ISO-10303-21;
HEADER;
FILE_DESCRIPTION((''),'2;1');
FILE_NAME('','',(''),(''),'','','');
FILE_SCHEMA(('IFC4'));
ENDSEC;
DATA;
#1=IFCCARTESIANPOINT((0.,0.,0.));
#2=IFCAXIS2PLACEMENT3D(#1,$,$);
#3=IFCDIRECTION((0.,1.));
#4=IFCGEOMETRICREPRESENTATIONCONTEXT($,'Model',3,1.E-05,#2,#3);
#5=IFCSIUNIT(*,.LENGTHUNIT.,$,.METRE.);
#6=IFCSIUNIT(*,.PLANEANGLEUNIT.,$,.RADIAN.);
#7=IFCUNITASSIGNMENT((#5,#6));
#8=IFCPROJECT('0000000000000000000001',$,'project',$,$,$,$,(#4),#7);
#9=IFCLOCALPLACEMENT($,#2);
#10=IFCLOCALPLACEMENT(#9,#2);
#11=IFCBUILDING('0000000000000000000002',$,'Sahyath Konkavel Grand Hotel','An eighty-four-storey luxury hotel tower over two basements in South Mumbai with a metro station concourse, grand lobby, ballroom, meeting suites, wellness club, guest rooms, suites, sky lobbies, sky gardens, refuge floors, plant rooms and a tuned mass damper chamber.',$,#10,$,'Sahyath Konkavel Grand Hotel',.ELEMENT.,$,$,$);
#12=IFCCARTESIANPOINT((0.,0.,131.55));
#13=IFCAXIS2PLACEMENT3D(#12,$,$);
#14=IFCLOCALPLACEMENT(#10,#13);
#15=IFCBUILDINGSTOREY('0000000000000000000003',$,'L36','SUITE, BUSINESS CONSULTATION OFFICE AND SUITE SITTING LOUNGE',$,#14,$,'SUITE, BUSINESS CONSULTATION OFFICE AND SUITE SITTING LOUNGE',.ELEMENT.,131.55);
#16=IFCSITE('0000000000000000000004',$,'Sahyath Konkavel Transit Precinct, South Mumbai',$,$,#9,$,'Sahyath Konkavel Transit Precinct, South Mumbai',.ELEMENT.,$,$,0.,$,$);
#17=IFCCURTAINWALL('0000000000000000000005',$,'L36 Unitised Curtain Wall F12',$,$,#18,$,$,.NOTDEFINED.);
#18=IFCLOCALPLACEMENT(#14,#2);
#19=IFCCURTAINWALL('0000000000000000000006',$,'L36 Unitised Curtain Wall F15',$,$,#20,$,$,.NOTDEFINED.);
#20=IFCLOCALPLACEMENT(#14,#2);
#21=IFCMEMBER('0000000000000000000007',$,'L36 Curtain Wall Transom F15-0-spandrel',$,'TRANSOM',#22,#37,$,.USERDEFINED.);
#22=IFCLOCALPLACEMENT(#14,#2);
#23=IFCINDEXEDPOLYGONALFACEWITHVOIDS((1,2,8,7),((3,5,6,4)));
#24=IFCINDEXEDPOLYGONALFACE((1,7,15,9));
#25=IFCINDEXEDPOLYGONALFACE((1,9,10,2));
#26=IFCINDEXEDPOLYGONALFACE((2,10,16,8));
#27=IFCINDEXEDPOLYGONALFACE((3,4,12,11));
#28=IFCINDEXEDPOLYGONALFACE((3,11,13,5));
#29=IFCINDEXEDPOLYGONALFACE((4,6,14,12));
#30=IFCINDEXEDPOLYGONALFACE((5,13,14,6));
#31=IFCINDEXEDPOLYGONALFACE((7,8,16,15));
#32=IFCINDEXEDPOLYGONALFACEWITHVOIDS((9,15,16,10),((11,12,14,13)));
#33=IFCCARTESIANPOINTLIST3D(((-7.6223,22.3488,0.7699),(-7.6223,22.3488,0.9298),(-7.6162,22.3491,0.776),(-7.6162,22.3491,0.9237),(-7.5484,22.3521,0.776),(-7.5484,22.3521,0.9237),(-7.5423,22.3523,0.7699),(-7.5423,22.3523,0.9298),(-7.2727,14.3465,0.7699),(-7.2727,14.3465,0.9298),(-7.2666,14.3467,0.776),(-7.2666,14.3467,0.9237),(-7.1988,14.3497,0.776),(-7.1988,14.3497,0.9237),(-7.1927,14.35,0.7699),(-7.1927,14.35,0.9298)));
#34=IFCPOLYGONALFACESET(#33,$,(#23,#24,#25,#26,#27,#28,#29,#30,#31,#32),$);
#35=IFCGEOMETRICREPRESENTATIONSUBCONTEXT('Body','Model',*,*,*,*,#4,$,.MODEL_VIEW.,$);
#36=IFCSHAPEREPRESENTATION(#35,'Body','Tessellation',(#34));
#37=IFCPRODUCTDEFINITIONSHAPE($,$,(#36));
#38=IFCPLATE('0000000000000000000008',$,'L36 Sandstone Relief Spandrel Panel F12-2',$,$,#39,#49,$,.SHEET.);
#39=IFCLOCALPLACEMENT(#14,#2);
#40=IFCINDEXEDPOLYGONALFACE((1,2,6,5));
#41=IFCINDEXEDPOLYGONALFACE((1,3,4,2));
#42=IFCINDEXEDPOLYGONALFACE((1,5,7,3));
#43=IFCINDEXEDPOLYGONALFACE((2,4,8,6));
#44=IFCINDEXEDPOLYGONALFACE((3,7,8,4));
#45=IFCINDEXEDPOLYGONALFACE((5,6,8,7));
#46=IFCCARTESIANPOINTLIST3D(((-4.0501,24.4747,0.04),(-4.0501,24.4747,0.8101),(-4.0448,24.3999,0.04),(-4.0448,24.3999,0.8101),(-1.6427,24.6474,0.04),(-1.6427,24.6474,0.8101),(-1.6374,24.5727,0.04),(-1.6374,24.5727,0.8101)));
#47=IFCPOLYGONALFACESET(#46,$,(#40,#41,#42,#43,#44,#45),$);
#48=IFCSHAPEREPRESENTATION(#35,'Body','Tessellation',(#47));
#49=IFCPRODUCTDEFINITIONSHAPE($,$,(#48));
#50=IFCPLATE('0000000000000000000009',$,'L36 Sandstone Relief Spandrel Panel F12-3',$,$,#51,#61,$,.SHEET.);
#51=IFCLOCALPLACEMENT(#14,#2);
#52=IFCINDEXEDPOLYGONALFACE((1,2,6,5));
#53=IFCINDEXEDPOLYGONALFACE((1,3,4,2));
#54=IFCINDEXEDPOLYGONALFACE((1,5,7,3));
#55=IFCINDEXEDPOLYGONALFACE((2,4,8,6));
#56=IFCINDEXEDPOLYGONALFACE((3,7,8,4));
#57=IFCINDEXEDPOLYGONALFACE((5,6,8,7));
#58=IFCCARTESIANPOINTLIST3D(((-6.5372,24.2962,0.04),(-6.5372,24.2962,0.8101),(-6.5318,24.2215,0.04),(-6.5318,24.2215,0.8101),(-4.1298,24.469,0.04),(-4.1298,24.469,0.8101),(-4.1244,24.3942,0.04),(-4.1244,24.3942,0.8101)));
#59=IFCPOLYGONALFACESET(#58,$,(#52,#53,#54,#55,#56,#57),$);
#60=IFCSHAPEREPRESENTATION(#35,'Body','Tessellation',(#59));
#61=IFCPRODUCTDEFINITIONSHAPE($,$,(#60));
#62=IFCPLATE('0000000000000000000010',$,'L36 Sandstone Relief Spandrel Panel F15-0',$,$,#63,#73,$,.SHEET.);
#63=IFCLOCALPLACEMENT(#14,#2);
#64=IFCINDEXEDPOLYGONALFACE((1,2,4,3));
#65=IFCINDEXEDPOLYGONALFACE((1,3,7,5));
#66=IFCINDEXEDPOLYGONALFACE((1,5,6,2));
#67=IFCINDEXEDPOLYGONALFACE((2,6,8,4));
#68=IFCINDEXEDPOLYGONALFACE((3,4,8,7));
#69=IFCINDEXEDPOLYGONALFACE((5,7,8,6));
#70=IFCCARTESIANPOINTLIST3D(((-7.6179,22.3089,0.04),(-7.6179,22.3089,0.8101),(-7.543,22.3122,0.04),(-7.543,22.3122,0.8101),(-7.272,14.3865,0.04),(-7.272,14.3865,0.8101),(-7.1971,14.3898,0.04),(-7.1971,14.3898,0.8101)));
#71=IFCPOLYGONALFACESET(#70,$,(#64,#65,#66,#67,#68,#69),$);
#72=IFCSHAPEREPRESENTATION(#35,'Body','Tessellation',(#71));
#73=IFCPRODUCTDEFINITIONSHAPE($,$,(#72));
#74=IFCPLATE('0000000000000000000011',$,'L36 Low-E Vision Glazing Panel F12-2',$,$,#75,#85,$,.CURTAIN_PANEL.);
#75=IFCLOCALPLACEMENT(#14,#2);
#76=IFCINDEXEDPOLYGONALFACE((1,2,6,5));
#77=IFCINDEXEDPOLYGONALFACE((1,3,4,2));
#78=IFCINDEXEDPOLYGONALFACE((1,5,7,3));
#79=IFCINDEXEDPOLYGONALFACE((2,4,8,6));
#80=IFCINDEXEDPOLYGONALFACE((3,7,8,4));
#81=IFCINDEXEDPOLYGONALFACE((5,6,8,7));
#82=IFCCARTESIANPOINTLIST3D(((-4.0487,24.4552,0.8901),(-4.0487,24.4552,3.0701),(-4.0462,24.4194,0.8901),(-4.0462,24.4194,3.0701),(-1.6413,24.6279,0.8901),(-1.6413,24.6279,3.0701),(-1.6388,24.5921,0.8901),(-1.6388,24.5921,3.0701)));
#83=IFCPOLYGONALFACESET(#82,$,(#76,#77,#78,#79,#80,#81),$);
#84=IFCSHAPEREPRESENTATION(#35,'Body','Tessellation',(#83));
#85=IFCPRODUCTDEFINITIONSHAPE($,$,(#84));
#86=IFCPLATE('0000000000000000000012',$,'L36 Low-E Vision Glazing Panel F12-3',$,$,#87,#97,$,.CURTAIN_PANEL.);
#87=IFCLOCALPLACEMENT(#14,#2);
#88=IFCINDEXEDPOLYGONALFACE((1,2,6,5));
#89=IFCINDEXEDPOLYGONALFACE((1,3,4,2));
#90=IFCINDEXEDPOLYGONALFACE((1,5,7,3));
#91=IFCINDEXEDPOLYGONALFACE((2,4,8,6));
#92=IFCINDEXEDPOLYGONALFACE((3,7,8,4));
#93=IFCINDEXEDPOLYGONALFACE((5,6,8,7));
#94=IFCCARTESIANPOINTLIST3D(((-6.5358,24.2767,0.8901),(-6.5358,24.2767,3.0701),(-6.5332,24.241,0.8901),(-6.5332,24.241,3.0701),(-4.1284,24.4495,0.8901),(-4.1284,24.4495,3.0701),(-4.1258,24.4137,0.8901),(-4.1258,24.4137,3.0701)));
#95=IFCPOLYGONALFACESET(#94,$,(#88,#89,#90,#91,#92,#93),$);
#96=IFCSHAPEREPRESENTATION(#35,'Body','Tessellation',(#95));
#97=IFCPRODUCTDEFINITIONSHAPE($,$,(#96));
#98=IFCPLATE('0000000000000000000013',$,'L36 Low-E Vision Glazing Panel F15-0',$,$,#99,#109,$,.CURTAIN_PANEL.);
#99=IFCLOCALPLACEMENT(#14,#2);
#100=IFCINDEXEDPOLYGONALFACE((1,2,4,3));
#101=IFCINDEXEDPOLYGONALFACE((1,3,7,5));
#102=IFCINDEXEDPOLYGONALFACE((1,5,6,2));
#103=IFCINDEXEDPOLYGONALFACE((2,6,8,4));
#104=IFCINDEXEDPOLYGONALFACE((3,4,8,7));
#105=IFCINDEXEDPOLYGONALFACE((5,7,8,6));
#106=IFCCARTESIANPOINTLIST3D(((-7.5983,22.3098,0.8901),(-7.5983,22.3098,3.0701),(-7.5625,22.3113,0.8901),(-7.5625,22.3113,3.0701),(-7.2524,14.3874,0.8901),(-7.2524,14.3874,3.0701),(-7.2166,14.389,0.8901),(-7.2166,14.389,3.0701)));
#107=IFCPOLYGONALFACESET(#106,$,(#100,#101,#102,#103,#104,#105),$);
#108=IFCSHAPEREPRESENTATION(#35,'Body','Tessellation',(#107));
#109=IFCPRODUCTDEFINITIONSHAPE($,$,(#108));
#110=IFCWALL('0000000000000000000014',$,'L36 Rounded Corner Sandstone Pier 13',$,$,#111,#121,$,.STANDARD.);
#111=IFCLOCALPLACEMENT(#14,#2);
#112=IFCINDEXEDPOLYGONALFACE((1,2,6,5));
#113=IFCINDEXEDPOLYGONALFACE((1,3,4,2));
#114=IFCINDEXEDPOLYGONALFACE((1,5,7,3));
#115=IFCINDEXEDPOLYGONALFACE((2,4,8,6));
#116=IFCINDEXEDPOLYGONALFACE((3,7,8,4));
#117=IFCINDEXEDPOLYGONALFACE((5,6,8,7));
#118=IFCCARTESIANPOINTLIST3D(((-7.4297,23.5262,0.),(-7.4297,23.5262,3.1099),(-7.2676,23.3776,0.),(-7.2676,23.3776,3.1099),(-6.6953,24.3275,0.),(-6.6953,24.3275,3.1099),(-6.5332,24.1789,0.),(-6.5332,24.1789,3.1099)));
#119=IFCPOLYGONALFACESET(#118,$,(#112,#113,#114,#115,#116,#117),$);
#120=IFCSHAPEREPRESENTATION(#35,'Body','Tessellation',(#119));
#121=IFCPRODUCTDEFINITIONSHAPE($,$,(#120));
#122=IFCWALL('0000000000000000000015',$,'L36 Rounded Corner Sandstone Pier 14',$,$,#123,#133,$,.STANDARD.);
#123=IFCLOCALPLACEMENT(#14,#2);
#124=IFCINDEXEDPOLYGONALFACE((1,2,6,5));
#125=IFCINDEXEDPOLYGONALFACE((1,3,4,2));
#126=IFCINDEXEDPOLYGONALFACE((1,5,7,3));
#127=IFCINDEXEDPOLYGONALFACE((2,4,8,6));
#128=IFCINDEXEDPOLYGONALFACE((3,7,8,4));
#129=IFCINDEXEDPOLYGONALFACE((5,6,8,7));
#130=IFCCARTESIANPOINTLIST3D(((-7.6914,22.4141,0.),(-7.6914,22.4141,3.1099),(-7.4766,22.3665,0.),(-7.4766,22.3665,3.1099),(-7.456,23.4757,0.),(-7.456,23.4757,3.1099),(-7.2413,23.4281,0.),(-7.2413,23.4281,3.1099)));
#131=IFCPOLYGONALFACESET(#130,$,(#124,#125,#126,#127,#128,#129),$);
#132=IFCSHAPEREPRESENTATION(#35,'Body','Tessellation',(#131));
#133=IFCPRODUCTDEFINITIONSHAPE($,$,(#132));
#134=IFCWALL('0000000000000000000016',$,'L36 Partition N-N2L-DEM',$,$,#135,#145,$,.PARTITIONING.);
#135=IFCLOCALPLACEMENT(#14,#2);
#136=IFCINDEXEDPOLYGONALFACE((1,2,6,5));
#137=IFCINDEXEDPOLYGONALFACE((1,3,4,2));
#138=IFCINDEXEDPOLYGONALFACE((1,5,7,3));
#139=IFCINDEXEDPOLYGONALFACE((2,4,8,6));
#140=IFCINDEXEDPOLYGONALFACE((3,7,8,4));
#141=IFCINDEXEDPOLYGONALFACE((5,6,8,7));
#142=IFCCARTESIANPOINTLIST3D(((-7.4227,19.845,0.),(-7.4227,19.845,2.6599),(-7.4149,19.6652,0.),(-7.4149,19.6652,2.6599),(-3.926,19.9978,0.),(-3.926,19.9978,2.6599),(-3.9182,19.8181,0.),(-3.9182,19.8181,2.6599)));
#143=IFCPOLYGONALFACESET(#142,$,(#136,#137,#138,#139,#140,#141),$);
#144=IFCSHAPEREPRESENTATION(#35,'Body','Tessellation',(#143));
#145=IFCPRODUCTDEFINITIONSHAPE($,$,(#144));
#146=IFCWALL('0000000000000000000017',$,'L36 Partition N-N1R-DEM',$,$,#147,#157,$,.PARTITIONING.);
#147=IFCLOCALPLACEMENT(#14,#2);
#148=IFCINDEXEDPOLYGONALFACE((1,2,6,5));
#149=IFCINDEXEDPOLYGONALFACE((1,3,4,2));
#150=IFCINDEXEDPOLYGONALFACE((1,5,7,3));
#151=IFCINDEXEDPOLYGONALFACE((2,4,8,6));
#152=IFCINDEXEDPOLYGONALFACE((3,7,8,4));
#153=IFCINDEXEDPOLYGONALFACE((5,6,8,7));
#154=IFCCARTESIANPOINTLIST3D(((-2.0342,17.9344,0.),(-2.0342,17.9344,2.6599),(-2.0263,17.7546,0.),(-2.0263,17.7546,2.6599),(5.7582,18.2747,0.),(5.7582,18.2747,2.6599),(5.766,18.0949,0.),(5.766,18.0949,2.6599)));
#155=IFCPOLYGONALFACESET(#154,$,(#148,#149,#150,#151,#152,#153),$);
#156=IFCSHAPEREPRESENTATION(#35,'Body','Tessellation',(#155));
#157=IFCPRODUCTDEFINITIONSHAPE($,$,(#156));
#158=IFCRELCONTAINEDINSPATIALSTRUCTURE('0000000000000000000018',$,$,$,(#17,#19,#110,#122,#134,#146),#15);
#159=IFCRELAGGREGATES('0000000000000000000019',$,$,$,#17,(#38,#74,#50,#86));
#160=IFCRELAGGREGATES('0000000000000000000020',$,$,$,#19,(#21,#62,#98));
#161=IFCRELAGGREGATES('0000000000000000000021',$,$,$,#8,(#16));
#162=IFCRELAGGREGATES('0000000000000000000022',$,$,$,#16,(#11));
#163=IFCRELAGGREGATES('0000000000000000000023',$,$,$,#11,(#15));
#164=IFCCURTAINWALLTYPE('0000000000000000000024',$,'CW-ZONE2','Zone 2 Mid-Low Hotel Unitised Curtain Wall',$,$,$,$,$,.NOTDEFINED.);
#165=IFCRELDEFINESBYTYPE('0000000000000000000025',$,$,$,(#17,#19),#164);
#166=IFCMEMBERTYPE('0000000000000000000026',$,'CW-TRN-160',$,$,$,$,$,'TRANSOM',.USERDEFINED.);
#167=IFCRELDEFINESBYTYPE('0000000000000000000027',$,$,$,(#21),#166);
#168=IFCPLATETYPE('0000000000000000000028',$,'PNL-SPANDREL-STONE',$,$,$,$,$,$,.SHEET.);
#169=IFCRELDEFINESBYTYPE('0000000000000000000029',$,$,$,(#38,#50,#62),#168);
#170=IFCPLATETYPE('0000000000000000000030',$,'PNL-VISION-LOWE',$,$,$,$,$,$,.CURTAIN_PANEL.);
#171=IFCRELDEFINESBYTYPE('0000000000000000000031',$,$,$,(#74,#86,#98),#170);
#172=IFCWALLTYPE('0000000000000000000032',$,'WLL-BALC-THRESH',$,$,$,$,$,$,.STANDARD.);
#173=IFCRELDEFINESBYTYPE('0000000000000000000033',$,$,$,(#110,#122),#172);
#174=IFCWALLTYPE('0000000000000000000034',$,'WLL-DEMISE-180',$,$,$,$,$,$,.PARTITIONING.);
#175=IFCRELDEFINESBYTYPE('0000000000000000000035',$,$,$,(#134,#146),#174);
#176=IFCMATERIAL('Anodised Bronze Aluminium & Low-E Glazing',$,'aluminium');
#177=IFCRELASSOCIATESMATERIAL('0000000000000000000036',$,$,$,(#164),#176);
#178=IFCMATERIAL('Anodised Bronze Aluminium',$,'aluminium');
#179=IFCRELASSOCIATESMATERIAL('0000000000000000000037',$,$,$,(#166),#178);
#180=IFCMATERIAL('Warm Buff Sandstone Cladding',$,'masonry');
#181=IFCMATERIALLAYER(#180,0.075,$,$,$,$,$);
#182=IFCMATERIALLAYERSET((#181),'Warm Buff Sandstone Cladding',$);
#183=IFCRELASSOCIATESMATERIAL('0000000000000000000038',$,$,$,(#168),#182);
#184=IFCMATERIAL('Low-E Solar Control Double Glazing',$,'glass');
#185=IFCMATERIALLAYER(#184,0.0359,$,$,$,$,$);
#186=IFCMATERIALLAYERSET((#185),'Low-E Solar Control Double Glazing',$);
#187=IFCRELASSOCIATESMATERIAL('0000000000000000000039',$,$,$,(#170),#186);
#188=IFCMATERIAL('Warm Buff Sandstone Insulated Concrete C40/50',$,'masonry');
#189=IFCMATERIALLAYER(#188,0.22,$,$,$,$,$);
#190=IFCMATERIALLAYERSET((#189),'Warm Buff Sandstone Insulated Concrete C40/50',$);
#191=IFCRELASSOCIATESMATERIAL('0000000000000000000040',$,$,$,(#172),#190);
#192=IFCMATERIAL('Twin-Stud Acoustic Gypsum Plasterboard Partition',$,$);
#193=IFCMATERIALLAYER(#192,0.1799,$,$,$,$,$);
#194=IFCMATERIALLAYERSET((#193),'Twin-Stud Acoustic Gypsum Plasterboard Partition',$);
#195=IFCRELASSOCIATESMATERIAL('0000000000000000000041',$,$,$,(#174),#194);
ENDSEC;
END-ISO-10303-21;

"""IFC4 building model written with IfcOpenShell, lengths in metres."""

from ifc_helpers import new_model, si_unit, direction, frame, frame_2d, origin, origin_2d, place, context, subcontext, project, spatial, rectangle, hollow_rectangle, extrude, source, transform, mapped, material, layer, layer_set, material_profile, profile_set, type_object, element, aggregate, save


model = new_model("IFC4")

# Units and contexts
model_context = context("Model", 3, precision=1e-05, world=origin(), true_north=direction((0.0, 1.0)))
body_context = subcontext(model_context, "Body", "Model", "MODEL_VIEW")
ifc_project = project(units=[si_unit("LENGTHUNIT", "METRE"), si_unit("PLANEANGLEUNIT", "RADIAN")], contexts=[model_context])

# Site, building, storey
site_placement = place(None, origin())
site = spatial("IfcSite", under=ifc_project, at=site_placement, Name="Sahyath Konkavel Transit Precinct, South Mumbai", LongName="Sahyath Konkavel Transit Precinct, South Mumbai", CompositionType="ELEMENT", RefElevation=0.0)
building_placement = place(site_placement, origin())
building = spatial("IfcBuilding", under=site, at=building_placement, Name="Sahyath Konkavel Grand Hotel", Description="An eighty-four-storey luxury hotel tower over two basements in South Mumbai with a metro station concourse, grand lobby, ballroom, meeting suites, wellness club, guest rooms, suites, sky lobbies, sky gardens, refuge floors, plant rooms and a tuned mass damper chamber.", LongName="Sahyath Konkavel Grand Hotel", CompositionType="ELEMENT")
storey_placement = place(building_placement, frame((0.0, 0.0, 131.55)))
storey = spatial("IfcBuildingStorey", under=building, at=storey_placement, Name="L36", Description="SUITE, BUSINESS CONSULTATION OFFICE AND SUITE SITTING LOUNGE", LongName="SUITE, BUSINESS CONSULTATION OFFICE AND SUITE SITTING LOUNGE", CompositionType="ELEMENT", Elevation=131.55)

# Curtain wall
ifc_material_1 = material(Name="Anodised Bronze Aluminium & Low-E Glazing", Category="aluminium")
curtain_wall_type = type_object("IfcCurtainWallType", Name="CW-ZONE2", Description="Zone 2 Mid-Low Hotel Unitised Curtain Wall", PredefinedType="NOTDEFINED", material=ifc_material_1)
curtain_wall_1_placement = place(storey_placement, origin())
curtain_wall_1 = element("IfcCurtainWall", 1, at=curtain_wall_1_placement, inside=storey, type_object=curtain_wall_type, Name="L36 Unitised Curtain Wall F12", PredefinedType="NOTDEFINED")
ifc_material_2 = material(Name="Anodised Bronze Aluminium", Category="aluminium")

# Curtain wall
curtain_wall_2_placement = place(storey_placement, origin())
curtain_wall_2 = element("IfcCurtainWall", 2, at=curtain_wall_2_placement, inside=storey, type_object=curtain_wall_type, Name="L36 Unitised Curtain Wall F15", PredefinedType="NOTDEFINED")

# Member
ifc_material_profile_1 = material_profile(ifc_material_2, hollow_rectangle(XDim=0.0801, YDim=0.1599, WallThickness=0.0061, at=origin_2d()), Name="RHS 160x80x6")
ifc_profile_set_1 = profile_set([ifc_material_profile_1], Name="Anodised Bronze Aluminium")
member_type_1 = type_object("IfcMemberType", Name="CW-TRN-160", ElementType="TRANSOM", PredefinedType="USERDEFINED", material=ifc_profile_set_1)
shared_shape_1 = source(origin(), body_context, "Body", "SweptSolid", [
    extrude(hollow_rectangle(XDim=0.0801, YDim=0.1599, WallThickness=0.0061, at=origin_2d()), origin(), (0.0, 0.0, 1.0), 8.01),
])
member_1_placement = place(storey_placement, frame((-7.5823, 22.3506, 0.8499), z_axis=(0.043646, -0.999047, 0.0), x_axis=(0.999047, 0.043646, 0.0)))
member_1 = element("IfcMember", 3, at=member_1_placement, type_object=member_type_1, Name="L36 Curtain Wall Transom F15-0-spandrel", ObjectType="TRANSOM", PredefinedType="USERDEFINED", context=body_context, shape_type="MappedRepresentation", body=[
    mapped(shared_shape_1, transform((0.0, 0.0, 0.0), scale=1.0)),
])

# Plates
ifc_material_3 = material(Name="Warm Buff Sandstone Cladding", Category="masonry")
ifc_layer_1 = layer(ifc_material_3, 0.075)
ifc_layer_set_1 = layer_set([ifc_layer_1], Name="Warm Buff Sandstone Cladding")
plate_type_1 = type_object("IfcPlateType", Name="PNL-SPANDREL-STONE", PredefinedType="SHEET", material=ifc_layer_set_1)
shared_shape_2 = source(origin(), body_context, "Body", "SweptSolid", [
    extrude(rectangle(XDim=2.4136, YDim=0.075, at=origin_2d()), origin(), (0.0, 0.0, 1.0), 0.77),
])
plate_1_placement = place(storey_placement, frame((-2.8438, 24.5237, 0.04), z_axis=(0.0, 0.0, 1.0), x_axis=(-0.997436, -0.071567, 0.0)))
plate_1 = element("IfcPlate", 4, at=plate_1_placement, type_object=plate_type_1, Name="L36 Sandstone Relief Spandrel Panel F12-2", PredefinedType="SHEET", context=body_context, shape_type="MappedRepresentation", body=[
    mapped(shared_shape_2, transform((0.0, 0.0, 0.0), scale=1.0)),
])
plate_2_placement = place(storey_placement, frame((-5.3308, 24.3452, 0.04), z_axis=(0.0, 0.0, 1.0), x_axis=(-0.997436, -0.071567, 0.0)))
plate_2 = element("IfcPlate", 5, at=plate_2_placement, type_object=plate_type_1, Name="L36 Sandstone Relief Spandrel Panel F12-3", PredefinedType="SHEET", context=body_context, shape_type="MappedRepresentation", body=[
    mapped(shared_shape_2, transform((0.0, 0.0, 0.0), scale=1.0)),
])
shared_shape_3 = source(origin(), body_context, "Body", "SweptSolid", [
    extrude(rectangle(XDim=7.9299, YDim=0.075, at=origin_2d()), origin(), (0.0, 0.0, 1.0), 0.77),
])
plate_3_placement = place(storey_placement, frame((-7.4075, 18.3494, 0.04), z_axis=(0.0, 0.0, 1.0), x_axis=(0.043619, -0.999048, 0.0)))
plate_3 = element("IfcPlate", 6, at=plate_3_placement, type_object=plate_type_1, Name="L36 Sandstone Relief Spandrel Panel F15-0", PredefinedType="SHEET", context=body_context, shape_type="MappedRepresentation", body=[
    mapped(shared_shape_3, transform((0.0, 0.0, 0.0), scale=1.0)),
])
ifc_material_4 = material(Name="Low-E Solar Control Double Glazing", Category="glass")
ifc_layer_2 = layer(ifc_material_4, 0.0359)
ifc_layer_set_2 = layer_set([ifc_layer_2], Name="Low-E Solar Control Double Glazing")
plate_type_2 = type_object("IfcPlateType", Name="PNL-VISION-LOWE", PredefinedType="CURTAIN_PANEL", material=ifc_layer_set_2)
shared_shape_4 = source(origin(), body_context, "Body", "SweptSolid", [
    extrude(rectangle(XDim=2.4136, YDim=0.0359, at=origin_2d()), origin(), (0.0, 0.0, 1.0), 2.1799),
])
plate_4_placement = place(storey_placement, frame((-2.8438, 24.5237, 0.8901), z_axis=(0.0, 0.0, 1.0), x_axis=(-0.997436, -0.071567, 0.0)))
plate_4 = element("IfcPlate", 7, at=plate_4_placement, type_object=plate_type_2, Name="L36 Low-E Vision Glazing Panel F12-2", PredefinedType="CURTAIN_PANEL", context=body_context, shape_type="MappedRepresentation", body=[
    mapped(shared_shape_4, transform((0.0, 0.0, 0.0), scale=1.0)),
])
plate_5_placement = place(storey_placement, frame((-5.3308, 24.3452, 0.8901), z_axis=(0.0, 0.0, 1.0), x_axis=(-0.997436, -0.071567, 0.0)))
plate_5 = element("IfcPlate", 8, at=plate_5_placement, type_object=plate_type_2, Name="L36 Low-E Vision Glazing Panel F12-3", PredefinedType="CURTAIN_PANEL", context=body_context, shape_type="MappedRepresentation", body=[
    mapped(shared_shape_4, transform((0.0, 0.0, 0.0), scale=1.0)),
])
aggregate(curtain_wall_1, [plate_1, plate_4, plate_2, plate_5])
shared_shape_5 = source(origin(), body_context, "Body", "SweptSolid", [
    extrude(rectangle(XDim=7.9299, YDim=0.0359, at=origin_2d()), origin(), (0.0, 0.0, 1.0), 2.1799),
])
plate_6_placement = place(storey_placement, frame((-7.4075, 18.3494, 0.8901), z_axis=(0.0, 0.0, 1.0), x_axis=(0.043619, -0.999048, 0.0)))
plate_6 = element("IfcPlate", 9, at=plate_6_placement, type_object=plate_type_2, Name="L36 Low-E Vision Glazing Panel F15-0", PredefinedType="CURTAIN_PANEL", context=body_context, shape_type="MappedRepresentation", body=[
    mapped(shared_shape_5, transform((0.0, 0.0, 0.0), scale=1.0)),
])
aggregate(curtain_wall_2, [member_1, plate_3, plate_6])

# Walls
ifc_material_5 = material(Name="Warm Buff Sandstone Insulated Concrete C40/50", Category="masonry")
ifc_layer_3 = layer(ifc_material_5, 0.22)
ifc_layer_set_3 = layer_set([ifc_layer_3], Name="Warm Buff Sandstone Insulated Concrete C40/50")
wall_type_1 = type_object("IfcWallType", Name="WLL-BALC-THRESH", PredefinedType="STANDARD", material=ifc_layer_set_3)
wall_1_placement = place(storey_placement, frame((-6.6143, 24.2532, 0.0), z_axis=(0.0, 0.0, 1.0), x_axis=(-0.675664, -0.73721, 0.0)))
element("IfcWall", 10, at=wall_1_placement, inside=storey, type_object=wall_type_1, Name="L36 Rounded Corner Sandstone Pier 13", PredefinedType="STANDARD", context=body_context, shape_type="SweptSolid", body=[
    extrude(rectangle(XDim=1.0869, YDim=0.22, at=frame_2d((0.5435, 0.0))), origin(), (0.0, 0.0, 1.0), 3.1099),
])
wall_2_placement = place(storey_placement, frame((-7.3486, 23.4519, 0.0), z_axis=(0.0, 0.0, 1.0), x_axis=(-0.216455, -0.976293, 0.0)))
element("IfcWall", 11, at=wall_2_placement, inside=storey, type_object=wall_type_1, Name="L36 Rounded Corner Sandstone Pier 14", PredefinedType="STANDARD", context=body_context, shape_type="SweptSolid", body=[
    extrude(rectangle(XDim=1.0874, YDim=0.22, at=frame_2d((0.5437, 0.0))), origin(), (0.0, 0.0, 1.0), 3.1099),
])
ifc_material_6 = material(Name="Twin-Stud Acoustic Gypsum Plasterboard Partition")
ifc_layer_4 = layer(ifc_material_6, 0.1799)
ifc_layer_set_4 = layer_set([ifc_layer_4], Name="Twin-Stud Acoustic Gypsum Plasterboard Partition")
wall_type_2 = type_object("IfcWallType", Name="WLL-DEMISE-180", PredefinedType="PARTITIONING", material=ifc_layer_set_4)
wall_3_placement = place(storey_placement, frame((-3.9221, 19.908, 0.0), z_axis=(0.0, 0.0, 1.0), x_axis=(-0.999046, -0.043667, 0.0)))
element("IfcWall", 12, at=wall_3_placement, inside=storey, type_object=wall_type_2, Name="L36 Partition N-N2L-DEM", PredefinedType="PARTITIONING", context=body_context, shape_type="SweptSolid", body=[
    extrude(rectangle(XDim=3.5, YDim=0.1799, at=frame_2d((1.75, 0.0))), origin(), (0.0, 0.0, 1.0), 2.6599),
])
wall_4_placement = place(storey_placement, frame((-2.0303, 17.8445, 0.0), z_axis=(0.0, 0.0, 1.0), x_axis=(0.999048, 0.043633, 0.0)))
element("IfcWall", 13, at=wall_4_placement, inside=storey, type_object=wall_type_2, Name="L36 Partition N-N1R-DEM", PredefinedType="PARTITIONING", context=body_context, shape_type="SweptSolid", body=[
    extrude(rectangle(XDim=7.7998, YDim=0.1799, at=frame_2d((3.8999, 0.0))), origin(), (0.0, 0.0, 1.0), 2.6599),
])

save(model, "model.ifc")
